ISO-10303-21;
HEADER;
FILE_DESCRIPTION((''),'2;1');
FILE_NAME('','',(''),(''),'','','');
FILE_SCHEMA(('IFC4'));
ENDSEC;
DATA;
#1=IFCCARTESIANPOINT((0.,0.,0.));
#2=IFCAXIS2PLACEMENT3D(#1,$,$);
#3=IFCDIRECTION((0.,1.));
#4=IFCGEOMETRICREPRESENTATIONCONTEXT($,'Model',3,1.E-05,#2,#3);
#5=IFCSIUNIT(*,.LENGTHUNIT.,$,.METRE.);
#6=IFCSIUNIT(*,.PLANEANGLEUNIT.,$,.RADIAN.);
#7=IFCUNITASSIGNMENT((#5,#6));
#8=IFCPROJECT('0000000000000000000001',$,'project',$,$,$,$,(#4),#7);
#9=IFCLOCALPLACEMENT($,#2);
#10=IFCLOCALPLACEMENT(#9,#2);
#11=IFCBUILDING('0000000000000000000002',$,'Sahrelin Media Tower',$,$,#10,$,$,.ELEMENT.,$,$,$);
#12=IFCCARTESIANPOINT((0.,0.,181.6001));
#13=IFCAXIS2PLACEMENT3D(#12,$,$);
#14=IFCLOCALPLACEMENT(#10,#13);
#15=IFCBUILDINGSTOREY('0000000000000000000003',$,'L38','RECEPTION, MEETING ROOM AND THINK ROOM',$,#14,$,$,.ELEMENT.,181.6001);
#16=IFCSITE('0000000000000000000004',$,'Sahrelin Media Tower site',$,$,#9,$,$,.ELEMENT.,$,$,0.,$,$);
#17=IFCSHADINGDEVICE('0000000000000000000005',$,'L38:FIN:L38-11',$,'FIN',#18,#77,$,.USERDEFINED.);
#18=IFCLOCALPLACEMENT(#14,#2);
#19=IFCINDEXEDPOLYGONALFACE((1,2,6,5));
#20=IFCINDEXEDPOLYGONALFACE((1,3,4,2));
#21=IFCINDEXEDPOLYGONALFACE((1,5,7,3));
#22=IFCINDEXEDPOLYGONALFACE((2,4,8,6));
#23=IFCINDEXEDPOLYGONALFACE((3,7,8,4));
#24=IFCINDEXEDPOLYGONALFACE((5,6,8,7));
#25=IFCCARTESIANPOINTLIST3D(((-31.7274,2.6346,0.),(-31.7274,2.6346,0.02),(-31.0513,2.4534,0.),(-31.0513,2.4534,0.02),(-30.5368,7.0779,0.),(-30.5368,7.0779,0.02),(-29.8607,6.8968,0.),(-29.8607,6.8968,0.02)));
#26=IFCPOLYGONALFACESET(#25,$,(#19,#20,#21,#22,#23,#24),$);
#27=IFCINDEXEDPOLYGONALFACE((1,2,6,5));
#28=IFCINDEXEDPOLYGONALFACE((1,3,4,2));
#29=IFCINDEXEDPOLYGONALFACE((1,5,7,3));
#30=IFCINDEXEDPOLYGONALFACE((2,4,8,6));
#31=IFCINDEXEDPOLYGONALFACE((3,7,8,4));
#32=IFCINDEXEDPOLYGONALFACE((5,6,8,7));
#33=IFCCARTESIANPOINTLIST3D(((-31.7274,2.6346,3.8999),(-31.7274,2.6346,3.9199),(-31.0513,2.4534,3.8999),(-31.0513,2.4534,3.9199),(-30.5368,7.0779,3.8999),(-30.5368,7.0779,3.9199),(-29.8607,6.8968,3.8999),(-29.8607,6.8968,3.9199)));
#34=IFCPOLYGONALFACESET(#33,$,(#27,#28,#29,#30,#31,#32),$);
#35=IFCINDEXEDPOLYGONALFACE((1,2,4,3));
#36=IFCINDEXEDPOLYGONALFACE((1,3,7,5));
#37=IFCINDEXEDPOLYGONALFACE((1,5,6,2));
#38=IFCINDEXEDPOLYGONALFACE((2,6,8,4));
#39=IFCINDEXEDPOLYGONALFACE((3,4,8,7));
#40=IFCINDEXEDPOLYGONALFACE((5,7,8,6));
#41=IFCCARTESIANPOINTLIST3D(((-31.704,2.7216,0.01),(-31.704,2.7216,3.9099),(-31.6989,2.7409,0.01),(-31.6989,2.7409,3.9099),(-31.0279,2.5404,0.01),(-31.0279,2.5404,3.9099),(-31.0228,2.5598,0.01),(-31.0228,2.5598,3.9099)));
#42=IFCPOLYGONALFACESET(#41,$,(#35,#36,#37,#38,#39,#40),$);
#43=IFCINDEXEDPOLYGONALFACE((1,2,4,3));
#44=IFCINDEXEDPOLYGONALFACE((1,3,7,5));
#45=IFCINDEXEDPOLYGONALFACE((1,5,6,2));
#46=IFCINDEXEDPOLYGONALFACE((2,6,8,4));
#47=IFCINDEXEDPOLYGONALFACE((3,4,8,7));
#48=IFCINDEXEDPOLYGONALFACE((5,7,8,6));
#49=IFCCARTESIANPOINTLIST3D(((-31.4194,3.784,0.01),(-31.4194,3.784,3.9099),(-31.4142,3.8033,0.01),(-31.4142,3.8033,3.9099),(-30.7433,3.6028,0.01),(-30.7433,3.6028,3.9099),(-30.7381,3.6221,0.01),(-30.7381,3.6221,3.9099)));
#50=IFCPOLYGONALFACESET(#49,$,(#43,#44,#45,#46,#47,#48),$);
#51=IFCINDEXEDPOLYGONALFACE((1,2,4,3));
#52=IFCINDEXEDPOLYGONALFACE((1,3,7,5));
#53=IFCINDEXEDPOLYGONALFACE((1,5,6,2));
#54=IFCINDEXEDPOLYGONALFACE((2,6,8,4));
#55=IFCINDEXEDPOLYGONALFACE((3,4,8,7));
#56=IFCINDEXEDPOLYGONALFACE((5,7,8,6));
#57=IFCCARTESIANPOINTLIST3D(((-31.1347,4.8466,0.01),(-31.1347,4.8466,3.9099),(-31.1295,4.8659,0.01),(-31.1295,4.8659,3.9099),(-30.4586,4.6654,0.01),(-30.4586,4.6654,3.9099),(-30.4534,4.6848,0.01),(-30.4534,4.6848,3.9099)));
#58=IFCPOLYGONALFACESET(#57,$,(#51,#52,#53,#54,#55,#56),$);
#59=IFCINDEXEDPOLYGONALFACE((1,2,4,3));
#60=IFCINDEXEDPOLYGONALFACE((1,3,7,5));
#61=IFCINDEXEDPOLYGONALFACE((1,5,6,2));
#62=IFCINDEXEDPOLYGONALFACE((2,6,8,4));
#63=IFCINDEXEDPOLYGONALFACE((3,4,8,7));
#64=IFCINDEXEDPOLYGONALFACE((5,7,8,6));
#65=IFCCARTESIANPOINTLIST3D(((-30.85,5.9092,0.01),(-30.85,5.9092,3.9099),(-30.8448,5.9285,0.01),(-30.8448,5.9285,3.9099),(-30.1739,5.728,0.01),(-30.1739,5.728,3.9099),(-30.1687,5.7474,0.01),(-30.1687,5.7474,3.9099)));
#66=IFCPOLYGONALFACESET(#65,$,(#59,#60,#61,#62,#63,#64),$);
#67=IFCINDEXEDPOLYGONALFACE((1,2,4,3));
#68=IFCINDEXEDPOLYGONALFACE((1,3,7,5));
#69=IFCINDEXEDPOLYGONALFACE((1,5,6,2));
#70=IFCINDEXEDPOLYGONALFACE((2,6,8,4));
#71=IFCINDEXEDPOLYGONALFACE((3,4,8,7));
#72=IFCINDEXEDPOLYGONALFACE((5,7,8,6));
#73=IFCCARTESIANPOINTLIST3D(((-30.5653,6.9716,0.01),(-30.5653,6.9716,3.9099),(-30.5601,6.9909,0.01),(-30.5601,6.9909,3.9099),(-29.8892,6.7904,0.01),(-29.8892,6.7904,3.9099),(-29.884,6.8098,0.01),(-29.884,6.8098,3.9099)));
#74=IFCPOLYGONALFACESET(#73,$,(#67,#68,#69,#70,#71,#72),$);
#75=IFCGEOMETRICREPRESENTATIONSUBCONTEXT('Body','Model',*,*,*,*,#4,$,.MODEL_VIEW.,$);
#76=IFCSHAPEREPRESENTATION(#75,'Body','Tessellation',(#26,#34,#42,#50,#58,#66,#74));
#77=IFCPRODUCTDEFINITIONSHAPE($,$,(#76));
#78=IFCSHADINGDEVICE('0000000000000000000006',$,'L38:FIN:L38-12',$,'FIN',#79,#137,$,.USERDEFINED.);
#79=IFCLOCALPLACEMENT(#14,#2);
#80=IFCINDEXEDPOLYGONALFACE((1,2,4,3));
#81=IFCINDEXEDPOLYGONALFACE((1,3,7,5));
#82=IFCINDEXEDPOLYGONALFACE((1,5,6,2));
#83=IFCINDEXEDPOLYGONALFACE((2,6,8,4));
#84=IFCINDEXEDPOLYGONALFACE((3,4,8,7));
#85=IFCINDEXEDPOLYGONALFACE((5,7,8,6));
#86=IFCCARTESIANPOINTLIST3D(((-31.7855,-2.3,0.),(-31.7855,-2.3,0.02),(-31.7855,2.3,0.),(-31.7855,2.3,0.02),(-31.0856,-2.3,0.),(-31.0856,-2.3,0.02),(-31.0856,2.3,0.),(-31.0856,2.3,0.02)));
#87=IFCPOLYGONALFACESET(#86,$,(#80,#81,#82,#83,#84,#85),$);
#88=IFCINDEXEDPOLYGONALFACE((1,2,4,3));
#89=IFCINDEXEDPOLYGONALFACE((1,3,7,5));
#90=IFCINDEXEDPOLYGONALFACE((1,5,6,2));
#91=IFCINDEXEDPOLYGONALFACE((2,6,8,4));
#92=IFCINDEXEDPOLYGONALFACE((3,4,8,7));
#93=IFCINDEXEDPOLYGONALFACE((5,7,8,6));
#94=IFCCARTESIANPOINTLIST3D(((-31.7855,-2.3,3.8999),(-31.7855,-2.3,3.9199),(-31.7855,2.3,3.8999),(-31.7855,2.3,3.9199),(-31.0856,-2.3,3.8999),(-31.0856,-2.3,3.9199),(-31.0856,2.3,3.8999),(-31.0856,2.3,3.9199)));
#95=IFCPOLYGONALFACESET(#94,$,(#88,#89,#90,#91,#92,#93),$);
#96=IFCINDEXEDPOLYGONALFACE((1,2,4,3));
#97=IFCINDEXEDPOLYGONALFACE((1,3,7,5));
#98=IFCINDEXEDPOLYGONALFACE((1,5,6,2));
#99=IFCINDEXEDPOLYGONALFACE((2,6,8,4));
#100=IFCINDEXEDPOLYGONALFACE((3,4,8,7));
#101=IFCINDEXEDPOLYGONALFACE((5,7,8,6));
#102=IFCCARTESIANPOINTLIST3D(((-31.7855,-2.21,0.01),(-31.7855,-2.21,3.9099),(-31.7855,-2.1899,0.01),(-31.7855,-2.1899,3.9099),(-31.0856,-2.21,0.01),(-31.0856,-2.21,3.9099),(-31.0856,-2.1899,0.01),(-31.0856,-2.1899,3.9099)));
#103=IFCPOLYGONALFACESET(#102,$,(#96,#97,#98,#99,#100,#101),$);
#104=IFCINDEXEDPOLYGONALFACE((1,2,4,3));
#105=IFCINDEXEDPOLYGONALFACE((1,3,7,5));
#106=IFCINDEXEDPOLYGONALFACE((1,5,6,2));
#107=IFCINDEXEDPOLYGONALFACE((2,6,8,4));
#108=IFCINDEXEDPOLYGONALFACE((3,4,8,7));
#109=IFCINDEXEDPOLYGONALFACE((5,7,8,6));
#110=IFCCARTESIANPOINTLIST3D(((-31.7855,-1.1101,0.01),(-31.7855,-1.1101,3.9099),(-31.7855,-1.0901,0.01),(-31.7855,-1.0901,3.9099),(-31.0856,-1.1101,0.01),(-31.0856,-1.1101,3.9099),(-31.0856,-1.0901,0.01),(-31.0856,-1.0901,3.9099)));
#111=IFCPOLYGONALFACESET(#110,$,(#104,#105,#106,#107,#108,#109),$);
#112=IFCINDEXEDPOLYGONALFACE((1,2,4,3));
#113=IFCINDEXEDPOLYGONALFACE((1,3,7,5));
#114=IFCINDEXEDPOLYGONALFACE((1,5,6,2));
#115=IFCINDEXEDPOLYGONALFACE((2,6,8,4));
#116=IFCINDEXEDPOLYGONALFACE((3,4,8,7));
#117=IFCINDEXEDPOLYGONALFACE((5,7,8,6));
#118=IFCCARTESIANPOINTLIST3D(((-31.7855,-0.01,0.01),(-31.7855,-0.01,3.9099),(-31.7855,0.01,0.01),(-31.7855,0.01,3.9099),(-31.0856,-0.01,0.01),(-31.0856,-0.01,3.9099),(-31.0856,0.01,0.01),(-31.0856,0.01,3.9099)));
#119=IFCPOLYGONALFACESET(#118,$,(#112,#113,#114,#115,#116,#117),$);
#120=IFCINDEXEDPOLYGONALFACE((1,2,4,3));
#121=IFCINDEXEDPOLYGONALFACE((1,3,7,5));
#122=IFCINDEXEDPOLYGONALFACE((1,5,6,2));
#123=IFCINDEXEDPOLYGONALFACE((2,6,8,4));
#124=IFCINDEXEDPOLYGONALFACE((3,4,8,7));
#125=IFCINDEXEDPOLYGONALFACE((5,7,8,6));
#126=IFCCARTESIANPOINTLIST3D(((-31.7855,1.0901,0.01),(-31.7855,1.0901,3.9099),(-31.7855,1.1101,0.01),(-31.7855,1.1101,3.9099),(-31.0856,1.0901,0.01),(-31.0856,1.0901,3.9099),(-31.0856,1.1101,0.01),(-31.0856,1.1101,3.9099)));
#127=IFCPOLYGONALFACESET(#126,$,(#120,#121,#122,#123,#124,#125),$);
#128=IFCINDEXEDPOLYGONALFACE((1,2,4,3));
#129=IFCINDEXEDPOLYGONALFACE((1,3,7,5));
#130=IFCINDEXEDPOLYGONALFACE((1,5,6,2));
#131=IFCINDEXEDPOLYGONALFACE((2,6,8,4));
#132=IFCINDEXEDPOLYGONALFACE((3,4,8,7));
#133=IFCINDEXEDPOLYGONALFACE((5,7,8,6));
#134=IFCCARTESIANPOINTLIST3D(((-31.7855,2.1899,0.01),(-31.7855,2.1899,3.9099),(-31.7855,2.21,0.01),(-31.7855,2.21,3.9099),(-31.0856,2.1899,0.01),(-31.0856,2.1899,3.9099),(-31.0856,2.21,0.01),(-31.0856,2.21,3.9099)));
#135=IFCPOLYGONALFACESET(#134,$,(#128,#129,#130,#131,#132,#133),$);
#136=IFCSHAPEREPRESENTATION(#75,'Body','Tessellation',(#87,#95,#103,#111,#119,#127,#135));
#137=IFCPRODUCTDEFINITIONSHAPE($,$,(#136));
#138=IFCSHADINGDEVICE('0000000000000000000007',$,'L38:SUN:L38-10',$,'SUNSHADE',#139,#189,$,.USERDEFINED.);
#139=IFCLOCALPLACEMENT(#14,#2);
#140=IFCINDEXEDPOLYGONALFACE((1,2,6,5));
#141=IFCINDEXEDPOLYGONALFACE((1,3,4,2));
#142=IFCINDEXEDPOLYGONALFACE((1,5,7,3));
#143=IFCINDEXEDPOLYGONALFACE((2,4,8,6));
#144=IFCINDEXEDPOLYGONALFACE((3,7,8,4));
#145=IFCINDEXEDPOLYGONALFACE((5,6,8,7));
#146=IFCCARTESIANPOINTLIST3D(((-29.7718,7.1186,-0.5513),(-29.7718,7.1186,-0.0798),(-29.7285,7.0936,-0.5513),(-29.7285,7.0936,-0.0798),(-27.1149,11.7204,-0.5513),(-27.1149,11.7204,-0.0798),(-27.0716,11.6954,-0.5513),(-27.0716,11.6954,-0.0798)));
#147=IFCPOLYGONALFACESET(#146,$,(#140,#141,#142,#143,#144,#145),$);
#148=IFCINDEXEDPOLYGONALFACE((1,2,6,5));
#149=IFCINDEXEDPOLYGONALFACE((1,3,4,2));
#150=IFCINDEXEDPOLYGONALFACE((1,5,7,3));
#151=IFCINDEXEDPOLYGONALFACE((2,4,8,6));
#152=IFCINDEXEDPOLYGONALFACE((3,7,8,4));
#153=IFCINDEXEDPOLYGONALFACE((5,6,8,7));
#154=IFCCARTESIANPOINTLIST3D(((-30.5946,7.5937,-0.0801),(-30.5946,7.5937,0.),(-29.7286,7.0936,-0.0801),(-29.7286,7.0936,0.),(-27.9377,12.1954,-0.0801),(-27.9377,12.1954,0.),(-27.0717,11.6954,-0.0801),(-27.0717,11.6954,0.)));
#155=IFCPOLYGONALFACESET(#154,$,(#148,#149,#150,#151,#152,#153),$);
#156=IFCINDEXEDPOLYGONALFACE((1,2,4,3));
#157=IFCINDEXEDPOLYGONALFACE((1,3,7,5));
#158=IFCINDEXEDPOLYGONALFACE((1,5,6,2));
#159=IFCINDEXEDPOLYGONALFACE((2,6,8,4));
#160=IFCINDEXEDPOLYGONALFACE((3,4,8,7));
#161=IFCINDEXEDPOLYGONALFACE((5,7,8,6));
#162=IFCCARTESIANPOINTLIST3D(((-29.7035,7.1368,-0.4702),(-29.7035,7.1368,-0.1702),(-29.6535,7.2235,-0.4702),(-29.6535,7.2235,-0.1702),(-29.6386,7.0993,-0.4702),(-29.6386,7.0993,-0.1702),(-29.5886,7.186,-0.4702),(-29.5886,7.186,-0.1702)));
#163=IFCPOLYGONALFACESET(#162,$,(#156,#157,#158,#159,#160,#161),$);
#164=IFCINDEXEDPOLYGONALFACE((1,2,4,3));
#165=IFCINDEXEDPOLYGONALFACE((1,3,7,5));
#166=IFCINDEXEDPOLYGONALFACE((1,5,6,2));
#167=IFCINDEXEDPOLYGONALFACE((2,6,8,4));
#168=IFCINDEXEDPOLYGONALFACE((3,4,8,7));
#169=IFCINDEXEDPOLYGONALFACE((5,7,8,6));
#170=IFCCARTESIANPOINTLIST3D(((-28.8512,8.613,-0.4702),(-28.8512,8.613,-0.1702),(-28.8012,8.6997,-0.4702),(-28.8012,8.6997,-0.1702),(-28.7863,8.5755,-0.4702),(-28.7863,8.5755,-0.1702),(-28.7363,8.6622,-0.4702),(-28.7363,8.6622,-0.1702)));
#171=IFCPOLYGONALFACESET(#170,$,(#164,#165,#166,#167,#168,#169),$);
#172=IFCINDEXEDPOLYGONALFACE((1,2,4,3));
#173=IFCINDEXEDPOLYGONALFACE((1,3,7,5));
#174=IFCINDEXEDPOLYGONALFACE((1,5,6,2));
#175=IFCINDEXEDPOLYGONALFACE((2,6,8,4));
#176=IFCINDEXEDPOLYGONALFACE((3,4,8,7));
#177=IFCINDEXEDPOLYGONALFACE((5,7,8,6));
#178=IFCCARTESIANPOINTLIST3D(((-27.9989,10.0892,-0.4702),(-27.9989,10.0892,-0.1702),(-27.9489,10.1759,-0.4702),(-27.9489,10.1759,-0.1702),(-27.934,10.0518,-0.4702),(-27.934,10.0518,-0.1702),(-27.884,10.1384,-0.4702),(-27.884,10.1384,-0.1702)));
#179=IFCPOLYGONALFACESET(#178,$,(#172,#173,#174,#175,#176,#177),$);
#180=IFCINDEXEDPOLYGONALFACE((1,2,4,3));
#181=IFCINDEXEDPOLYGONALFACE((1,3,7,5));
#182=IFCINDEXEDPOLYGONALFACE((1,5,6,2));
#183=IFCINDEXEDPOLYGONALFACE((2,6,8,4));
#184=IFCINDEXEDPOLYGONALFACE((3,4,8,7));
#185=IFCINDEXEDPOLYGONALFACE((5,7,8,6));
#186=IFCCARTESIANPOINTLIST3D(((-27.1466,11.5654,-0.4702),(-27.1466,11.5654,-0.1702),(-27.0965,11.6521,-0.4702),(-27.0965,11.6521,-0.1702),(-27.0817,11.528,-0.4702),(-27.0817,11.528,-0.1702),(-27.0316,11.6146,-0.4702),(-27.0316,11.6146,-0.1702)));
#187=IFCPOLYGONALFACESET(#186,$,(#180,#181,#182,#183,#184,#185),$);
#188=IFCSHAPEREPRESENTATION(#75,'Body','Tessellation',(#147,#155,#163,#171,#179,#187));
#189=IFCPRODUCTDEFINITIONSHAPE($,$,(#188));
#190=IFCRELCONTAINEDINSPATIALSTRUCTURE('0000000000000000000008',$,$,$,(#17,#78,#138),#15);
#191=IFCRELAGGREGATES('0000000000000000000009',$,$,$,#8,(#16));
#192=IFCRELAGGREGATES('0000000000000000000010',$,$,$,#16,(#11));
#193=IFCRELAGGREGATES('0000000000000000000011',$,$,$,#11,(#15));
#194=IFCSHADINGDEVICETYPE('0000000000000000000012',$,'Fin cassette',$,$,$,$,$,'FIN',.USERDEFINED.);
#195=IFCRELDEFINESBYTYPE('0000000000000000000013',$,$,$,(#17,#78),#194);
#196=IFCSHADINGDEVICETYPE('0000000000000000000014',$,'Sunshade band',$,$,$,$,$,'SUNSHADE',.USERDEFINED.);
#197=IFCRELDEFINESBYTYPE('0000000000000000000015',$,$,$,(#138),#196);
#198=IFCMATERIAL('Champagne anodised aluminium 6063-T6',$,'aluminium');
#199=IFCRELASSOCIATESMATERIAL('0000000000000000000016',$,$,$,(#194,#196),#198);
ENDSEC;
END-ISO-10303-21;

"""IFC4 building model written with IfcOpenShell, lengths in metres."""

from ifc_helpers import new_model, si_unit, direction, frame, origin, origin_2d, place, context, subcontext, project, spatial, rectangle, extrude, material, type_object, element, save


model = new_model("IFC4")

# Units and contexts
model_context = context("Model", 3, precision=1e-05, world=origin(), true_north=direction((0.0, 1.0)))
body_context = subcontext(model_context, "Body", "Model", "MODEL_VIEW")
ifc_project = project(units=[si_unit("LENGTHUNIT", "METRE"), si_unit("PLANEANGLEUNIT", "RADIAN")], contexts=[model_context])

# Site, building, storey
site_placement = place(None, origin())
site = spatial("IfcSite", under=ifc_project, at=site_placement, Name="Sahrelin Media Tower site", CompositionType="ELEMENT", RefElevation=0.0)
building_placement = place(site_placement, origin())
building = spatial("IfcBuilding", under=site, at=building_placement, Name="Sahrelin Media Tower", CompositionType="ELEMENT")
storey_placement = place(building_placement, frame((0.0, 0.0, 181.6001)))
storey = spatial("IfcBuildingStorey", under=building, at=storey_placement, Name="L38", Description="RECEPTION, MEETING ROOM AND THINK ROOM", CompositionType="ELEMENT", Elevation=181.6001)

# Shared definitions
ifc_material_1 = material(Name="Champagne anodised aluminium 6063-T6", Category="aluminium")

# Shading devices
shading_device_type_1 = type_object("IfcShadingDeviceType", Name="Fin cassette", ElementType="FIN", PredefinedType="USERDEFINED", material=ifc_material_1)
placement_1 = place(storey_placement, frame((-28.3828, 9.3845, 0.0), z_axis=(0.0, 0.0, 1.0), x_axis=(0.500011, 0.866019, 0.0)))
placement_2 = place(storey_placement, frame((-30.3884, 4.657, 0.0), z_axis=(0.0, 0.0, 1.0), x_axis=(0.258808, 0.965929, 0.0)))
element("IfcShadingDevice", 1, at=placement_2, inside=storey, type_object=shading_device_type_1, Name="L38:FIN:L38-11", ObjectType="FIN", PredefinedType="USERDEFINED", context=body_context, shape_type="SweptSolid", body=[
    extrude(rectangle(XDim=4.6001, YDim=0.7, at=origin_2d()), frame((0.0, 0.4199, 0.0)), (0.0, 0.0, 1.0), 0.02),
    extrude(rectangle(XDim=4.6001, YDim=0.7, at=origin_2d()), frame((0.0, 0.4199, 3.8999)), (0.0, 0.0, 1.0), 0.02),
    extrude(rectangle(XDim=0.02, YDim=0.7, at=origin_2d()), frame((-2.2, 0.4199, 0.01), z_axis=(0.0, 0.0, 1.0), x_axis=(1.0, 0.0, 0.0)), (0.0, 0.0, 1.0), 3.8999),
    extrude(rectangle(XDim=0.02, YDim=0.7, at=origin_2d()), frame((-1.1001, 0.4199, 0.01), z_axis=(0.0, 0.0, 1.0), x_axis=(1.0, 0.0, 0.0)), (0.0, 0.0, 1.0), 3.8999),
    extrude(rectangle(XDim=0.02, YDim=0.7, at=origin_2d()), frame((0.0, 0.4199, 0.01), z_axis=(0.0, 0.0, 1.0), x_axis=(1.0, 0.0, 0.0)), (0.0, 0.0, 1.0), 3.8999),
    extrude(rectangle(XDim=0.02, YDim=0.7, at=origin_2d()), frame((1.1001, 0.4199, 0.01), z_axis=(0.0, 0.0, 1.0), x_axis=(1.0, 0.0, 0.0)), (0.0, 0.0, 1.0), 3.8999),
    extrude(rectangle(XDim=0.02, YDim=0.7, at=origin_2d()), frame((2.2, 0.4199, 0.01), z_axis=(0.0, 0.0, 1.0), x_axis=(1.0, 0.0, 0.0)), (0.0, 0.0, 1.0), 3.8999),
])
shading_device_1_placement = place(storey_placement, frame((-31.0156, 0.0, 0.0), z_axis=(0.0, 0.0, 1.0), x_axis=(0.0, 1.0, 0.0)))
element("IfcShadingDevice", 2, at=shading_device_1_placement, inside=storey, type_object=shading_device_type_1, Name="L38:FIN:L38-12", ObjectType="FIN", PredefinedType="USERDEFINED", context=body_context, shape_type="SweptSolid", body=[
    extrude(rectangle(XDim=4.6001, YDim=0.7, at=origin_2d()), frame((0.0, 0.4199, 0.0)), (0.0, 0.0, 1.0), 0.02),
    extrude(rectangle(XDim=4.6001, YDim=0.7, at=origin_2d()), frame((0.0, 0.4199, 3.8999)), (0.0, 0.0, 1.0), 0.02),
    extrude(rectangle(XDim=0.02, YDim=0.7, at=origin_2d()), frame((-2.2, 0.4199, 0.01), z_axis=(0.0, 0.0, 1.0), x_axis=(1.0, 0.0, 0.0)), (0.0, 0.0, 1.0), 3.8999),
    extrude(rectangle(XDim=0.02, YDim=0.7, at=origin_2d()), frame((-1.1001, 0.4199, 0.01), z_axis=(0.0, 0.0, 1.0), x_axis=(1.0, 0.0, 0.0)), (0.0, 0.0, 1.0), 3.8999),
    extrude(rectangle(XDim=0.02, YDim=0.7, at=origin_2d()), frame((0.0, 0.4199, 0.01), z_axis=(0.0, 0.0, 1.0), x_axis=(1.0, 0.0, 0.0)), (0.0, 0.0, 1.0), 3.8999),
    extrude(rectangle(XDim=0.02, YDim=0.7, at=origin_2d()), frame((1.1001, 0.4199, 0.01), z_axis=(0.0, 0.0, 1.0), x_axis=(1.0, 0.0, 0.0)), (0.0, 0.0, 1.0), 3.8999),
    extrude(rectangle(XDim=0.02, YDim=0.7, at=origin_2d()), frame((2.2, 0.4199, 0.01), z_axis=(0.0, 0.0, 1.0), x_axis=(1.0, 0.0, 0.0)), (0.0, 0.0, 1.0), 3.8999),
])
shading_device_type_2 = type_object("IfcShadingDeviceType", Name="Sunshade band", ElementType="SUNSHADE", PredefinedType="USERDEFINED", material=ifc_material_1)
element("IfcShadingDevice", 3, at=placement_1, inside=storey, type_object=shading_device_type_2, Name="L38:SUN:L38-10", ObjectType="SUNSHADE", PredefinedType="USERDEFINED", context=body_context, shape_type="SweptSolid", body=[
    extrude(rectangle(XDim=5.3137, YDim=0.05, at=origin_2d()), frame((0.0, 0.0449, -0.5513)), (0.0, 0.0, 1.0), 0.4714),
    extrude(rectangle(XDim=5.3137, YDim=1.0, at=origin_2d()), frame((0.0, 0.52, -0.0801)), (0.0, 0.0, 1.0), 0.0801),
    extrude(rectangle(XDim=0.1001, YDim=0.075, at=origin_2d()), frame((-2.5569, -0.0176, -0.4702)), (0.0, 0.0, 1.0), 0.3),
    extrude(rectangle(XDim=0.1001, YDim=0.075, at=origin_2d()), frame((-0.8523, -0.0176, -0.4702)), (0.0, 0.0, 1.0), 0.3),
    extrude(rectangle(XDim=0.1001, YDim=0.075, at=origin_2d()), frame((0.8523, -0.0176, -0.4702)), (0.0, 0.0, 1.0), 0.3),
    extrude(rectangle(XDim=0.1001, YDim=0.075, at=origin_2d()), frame((2.5569, -0.0176, -0.4702)), (0.0, 0.0, 1.0), 0.3),
])

save(model, "model.ifc")
